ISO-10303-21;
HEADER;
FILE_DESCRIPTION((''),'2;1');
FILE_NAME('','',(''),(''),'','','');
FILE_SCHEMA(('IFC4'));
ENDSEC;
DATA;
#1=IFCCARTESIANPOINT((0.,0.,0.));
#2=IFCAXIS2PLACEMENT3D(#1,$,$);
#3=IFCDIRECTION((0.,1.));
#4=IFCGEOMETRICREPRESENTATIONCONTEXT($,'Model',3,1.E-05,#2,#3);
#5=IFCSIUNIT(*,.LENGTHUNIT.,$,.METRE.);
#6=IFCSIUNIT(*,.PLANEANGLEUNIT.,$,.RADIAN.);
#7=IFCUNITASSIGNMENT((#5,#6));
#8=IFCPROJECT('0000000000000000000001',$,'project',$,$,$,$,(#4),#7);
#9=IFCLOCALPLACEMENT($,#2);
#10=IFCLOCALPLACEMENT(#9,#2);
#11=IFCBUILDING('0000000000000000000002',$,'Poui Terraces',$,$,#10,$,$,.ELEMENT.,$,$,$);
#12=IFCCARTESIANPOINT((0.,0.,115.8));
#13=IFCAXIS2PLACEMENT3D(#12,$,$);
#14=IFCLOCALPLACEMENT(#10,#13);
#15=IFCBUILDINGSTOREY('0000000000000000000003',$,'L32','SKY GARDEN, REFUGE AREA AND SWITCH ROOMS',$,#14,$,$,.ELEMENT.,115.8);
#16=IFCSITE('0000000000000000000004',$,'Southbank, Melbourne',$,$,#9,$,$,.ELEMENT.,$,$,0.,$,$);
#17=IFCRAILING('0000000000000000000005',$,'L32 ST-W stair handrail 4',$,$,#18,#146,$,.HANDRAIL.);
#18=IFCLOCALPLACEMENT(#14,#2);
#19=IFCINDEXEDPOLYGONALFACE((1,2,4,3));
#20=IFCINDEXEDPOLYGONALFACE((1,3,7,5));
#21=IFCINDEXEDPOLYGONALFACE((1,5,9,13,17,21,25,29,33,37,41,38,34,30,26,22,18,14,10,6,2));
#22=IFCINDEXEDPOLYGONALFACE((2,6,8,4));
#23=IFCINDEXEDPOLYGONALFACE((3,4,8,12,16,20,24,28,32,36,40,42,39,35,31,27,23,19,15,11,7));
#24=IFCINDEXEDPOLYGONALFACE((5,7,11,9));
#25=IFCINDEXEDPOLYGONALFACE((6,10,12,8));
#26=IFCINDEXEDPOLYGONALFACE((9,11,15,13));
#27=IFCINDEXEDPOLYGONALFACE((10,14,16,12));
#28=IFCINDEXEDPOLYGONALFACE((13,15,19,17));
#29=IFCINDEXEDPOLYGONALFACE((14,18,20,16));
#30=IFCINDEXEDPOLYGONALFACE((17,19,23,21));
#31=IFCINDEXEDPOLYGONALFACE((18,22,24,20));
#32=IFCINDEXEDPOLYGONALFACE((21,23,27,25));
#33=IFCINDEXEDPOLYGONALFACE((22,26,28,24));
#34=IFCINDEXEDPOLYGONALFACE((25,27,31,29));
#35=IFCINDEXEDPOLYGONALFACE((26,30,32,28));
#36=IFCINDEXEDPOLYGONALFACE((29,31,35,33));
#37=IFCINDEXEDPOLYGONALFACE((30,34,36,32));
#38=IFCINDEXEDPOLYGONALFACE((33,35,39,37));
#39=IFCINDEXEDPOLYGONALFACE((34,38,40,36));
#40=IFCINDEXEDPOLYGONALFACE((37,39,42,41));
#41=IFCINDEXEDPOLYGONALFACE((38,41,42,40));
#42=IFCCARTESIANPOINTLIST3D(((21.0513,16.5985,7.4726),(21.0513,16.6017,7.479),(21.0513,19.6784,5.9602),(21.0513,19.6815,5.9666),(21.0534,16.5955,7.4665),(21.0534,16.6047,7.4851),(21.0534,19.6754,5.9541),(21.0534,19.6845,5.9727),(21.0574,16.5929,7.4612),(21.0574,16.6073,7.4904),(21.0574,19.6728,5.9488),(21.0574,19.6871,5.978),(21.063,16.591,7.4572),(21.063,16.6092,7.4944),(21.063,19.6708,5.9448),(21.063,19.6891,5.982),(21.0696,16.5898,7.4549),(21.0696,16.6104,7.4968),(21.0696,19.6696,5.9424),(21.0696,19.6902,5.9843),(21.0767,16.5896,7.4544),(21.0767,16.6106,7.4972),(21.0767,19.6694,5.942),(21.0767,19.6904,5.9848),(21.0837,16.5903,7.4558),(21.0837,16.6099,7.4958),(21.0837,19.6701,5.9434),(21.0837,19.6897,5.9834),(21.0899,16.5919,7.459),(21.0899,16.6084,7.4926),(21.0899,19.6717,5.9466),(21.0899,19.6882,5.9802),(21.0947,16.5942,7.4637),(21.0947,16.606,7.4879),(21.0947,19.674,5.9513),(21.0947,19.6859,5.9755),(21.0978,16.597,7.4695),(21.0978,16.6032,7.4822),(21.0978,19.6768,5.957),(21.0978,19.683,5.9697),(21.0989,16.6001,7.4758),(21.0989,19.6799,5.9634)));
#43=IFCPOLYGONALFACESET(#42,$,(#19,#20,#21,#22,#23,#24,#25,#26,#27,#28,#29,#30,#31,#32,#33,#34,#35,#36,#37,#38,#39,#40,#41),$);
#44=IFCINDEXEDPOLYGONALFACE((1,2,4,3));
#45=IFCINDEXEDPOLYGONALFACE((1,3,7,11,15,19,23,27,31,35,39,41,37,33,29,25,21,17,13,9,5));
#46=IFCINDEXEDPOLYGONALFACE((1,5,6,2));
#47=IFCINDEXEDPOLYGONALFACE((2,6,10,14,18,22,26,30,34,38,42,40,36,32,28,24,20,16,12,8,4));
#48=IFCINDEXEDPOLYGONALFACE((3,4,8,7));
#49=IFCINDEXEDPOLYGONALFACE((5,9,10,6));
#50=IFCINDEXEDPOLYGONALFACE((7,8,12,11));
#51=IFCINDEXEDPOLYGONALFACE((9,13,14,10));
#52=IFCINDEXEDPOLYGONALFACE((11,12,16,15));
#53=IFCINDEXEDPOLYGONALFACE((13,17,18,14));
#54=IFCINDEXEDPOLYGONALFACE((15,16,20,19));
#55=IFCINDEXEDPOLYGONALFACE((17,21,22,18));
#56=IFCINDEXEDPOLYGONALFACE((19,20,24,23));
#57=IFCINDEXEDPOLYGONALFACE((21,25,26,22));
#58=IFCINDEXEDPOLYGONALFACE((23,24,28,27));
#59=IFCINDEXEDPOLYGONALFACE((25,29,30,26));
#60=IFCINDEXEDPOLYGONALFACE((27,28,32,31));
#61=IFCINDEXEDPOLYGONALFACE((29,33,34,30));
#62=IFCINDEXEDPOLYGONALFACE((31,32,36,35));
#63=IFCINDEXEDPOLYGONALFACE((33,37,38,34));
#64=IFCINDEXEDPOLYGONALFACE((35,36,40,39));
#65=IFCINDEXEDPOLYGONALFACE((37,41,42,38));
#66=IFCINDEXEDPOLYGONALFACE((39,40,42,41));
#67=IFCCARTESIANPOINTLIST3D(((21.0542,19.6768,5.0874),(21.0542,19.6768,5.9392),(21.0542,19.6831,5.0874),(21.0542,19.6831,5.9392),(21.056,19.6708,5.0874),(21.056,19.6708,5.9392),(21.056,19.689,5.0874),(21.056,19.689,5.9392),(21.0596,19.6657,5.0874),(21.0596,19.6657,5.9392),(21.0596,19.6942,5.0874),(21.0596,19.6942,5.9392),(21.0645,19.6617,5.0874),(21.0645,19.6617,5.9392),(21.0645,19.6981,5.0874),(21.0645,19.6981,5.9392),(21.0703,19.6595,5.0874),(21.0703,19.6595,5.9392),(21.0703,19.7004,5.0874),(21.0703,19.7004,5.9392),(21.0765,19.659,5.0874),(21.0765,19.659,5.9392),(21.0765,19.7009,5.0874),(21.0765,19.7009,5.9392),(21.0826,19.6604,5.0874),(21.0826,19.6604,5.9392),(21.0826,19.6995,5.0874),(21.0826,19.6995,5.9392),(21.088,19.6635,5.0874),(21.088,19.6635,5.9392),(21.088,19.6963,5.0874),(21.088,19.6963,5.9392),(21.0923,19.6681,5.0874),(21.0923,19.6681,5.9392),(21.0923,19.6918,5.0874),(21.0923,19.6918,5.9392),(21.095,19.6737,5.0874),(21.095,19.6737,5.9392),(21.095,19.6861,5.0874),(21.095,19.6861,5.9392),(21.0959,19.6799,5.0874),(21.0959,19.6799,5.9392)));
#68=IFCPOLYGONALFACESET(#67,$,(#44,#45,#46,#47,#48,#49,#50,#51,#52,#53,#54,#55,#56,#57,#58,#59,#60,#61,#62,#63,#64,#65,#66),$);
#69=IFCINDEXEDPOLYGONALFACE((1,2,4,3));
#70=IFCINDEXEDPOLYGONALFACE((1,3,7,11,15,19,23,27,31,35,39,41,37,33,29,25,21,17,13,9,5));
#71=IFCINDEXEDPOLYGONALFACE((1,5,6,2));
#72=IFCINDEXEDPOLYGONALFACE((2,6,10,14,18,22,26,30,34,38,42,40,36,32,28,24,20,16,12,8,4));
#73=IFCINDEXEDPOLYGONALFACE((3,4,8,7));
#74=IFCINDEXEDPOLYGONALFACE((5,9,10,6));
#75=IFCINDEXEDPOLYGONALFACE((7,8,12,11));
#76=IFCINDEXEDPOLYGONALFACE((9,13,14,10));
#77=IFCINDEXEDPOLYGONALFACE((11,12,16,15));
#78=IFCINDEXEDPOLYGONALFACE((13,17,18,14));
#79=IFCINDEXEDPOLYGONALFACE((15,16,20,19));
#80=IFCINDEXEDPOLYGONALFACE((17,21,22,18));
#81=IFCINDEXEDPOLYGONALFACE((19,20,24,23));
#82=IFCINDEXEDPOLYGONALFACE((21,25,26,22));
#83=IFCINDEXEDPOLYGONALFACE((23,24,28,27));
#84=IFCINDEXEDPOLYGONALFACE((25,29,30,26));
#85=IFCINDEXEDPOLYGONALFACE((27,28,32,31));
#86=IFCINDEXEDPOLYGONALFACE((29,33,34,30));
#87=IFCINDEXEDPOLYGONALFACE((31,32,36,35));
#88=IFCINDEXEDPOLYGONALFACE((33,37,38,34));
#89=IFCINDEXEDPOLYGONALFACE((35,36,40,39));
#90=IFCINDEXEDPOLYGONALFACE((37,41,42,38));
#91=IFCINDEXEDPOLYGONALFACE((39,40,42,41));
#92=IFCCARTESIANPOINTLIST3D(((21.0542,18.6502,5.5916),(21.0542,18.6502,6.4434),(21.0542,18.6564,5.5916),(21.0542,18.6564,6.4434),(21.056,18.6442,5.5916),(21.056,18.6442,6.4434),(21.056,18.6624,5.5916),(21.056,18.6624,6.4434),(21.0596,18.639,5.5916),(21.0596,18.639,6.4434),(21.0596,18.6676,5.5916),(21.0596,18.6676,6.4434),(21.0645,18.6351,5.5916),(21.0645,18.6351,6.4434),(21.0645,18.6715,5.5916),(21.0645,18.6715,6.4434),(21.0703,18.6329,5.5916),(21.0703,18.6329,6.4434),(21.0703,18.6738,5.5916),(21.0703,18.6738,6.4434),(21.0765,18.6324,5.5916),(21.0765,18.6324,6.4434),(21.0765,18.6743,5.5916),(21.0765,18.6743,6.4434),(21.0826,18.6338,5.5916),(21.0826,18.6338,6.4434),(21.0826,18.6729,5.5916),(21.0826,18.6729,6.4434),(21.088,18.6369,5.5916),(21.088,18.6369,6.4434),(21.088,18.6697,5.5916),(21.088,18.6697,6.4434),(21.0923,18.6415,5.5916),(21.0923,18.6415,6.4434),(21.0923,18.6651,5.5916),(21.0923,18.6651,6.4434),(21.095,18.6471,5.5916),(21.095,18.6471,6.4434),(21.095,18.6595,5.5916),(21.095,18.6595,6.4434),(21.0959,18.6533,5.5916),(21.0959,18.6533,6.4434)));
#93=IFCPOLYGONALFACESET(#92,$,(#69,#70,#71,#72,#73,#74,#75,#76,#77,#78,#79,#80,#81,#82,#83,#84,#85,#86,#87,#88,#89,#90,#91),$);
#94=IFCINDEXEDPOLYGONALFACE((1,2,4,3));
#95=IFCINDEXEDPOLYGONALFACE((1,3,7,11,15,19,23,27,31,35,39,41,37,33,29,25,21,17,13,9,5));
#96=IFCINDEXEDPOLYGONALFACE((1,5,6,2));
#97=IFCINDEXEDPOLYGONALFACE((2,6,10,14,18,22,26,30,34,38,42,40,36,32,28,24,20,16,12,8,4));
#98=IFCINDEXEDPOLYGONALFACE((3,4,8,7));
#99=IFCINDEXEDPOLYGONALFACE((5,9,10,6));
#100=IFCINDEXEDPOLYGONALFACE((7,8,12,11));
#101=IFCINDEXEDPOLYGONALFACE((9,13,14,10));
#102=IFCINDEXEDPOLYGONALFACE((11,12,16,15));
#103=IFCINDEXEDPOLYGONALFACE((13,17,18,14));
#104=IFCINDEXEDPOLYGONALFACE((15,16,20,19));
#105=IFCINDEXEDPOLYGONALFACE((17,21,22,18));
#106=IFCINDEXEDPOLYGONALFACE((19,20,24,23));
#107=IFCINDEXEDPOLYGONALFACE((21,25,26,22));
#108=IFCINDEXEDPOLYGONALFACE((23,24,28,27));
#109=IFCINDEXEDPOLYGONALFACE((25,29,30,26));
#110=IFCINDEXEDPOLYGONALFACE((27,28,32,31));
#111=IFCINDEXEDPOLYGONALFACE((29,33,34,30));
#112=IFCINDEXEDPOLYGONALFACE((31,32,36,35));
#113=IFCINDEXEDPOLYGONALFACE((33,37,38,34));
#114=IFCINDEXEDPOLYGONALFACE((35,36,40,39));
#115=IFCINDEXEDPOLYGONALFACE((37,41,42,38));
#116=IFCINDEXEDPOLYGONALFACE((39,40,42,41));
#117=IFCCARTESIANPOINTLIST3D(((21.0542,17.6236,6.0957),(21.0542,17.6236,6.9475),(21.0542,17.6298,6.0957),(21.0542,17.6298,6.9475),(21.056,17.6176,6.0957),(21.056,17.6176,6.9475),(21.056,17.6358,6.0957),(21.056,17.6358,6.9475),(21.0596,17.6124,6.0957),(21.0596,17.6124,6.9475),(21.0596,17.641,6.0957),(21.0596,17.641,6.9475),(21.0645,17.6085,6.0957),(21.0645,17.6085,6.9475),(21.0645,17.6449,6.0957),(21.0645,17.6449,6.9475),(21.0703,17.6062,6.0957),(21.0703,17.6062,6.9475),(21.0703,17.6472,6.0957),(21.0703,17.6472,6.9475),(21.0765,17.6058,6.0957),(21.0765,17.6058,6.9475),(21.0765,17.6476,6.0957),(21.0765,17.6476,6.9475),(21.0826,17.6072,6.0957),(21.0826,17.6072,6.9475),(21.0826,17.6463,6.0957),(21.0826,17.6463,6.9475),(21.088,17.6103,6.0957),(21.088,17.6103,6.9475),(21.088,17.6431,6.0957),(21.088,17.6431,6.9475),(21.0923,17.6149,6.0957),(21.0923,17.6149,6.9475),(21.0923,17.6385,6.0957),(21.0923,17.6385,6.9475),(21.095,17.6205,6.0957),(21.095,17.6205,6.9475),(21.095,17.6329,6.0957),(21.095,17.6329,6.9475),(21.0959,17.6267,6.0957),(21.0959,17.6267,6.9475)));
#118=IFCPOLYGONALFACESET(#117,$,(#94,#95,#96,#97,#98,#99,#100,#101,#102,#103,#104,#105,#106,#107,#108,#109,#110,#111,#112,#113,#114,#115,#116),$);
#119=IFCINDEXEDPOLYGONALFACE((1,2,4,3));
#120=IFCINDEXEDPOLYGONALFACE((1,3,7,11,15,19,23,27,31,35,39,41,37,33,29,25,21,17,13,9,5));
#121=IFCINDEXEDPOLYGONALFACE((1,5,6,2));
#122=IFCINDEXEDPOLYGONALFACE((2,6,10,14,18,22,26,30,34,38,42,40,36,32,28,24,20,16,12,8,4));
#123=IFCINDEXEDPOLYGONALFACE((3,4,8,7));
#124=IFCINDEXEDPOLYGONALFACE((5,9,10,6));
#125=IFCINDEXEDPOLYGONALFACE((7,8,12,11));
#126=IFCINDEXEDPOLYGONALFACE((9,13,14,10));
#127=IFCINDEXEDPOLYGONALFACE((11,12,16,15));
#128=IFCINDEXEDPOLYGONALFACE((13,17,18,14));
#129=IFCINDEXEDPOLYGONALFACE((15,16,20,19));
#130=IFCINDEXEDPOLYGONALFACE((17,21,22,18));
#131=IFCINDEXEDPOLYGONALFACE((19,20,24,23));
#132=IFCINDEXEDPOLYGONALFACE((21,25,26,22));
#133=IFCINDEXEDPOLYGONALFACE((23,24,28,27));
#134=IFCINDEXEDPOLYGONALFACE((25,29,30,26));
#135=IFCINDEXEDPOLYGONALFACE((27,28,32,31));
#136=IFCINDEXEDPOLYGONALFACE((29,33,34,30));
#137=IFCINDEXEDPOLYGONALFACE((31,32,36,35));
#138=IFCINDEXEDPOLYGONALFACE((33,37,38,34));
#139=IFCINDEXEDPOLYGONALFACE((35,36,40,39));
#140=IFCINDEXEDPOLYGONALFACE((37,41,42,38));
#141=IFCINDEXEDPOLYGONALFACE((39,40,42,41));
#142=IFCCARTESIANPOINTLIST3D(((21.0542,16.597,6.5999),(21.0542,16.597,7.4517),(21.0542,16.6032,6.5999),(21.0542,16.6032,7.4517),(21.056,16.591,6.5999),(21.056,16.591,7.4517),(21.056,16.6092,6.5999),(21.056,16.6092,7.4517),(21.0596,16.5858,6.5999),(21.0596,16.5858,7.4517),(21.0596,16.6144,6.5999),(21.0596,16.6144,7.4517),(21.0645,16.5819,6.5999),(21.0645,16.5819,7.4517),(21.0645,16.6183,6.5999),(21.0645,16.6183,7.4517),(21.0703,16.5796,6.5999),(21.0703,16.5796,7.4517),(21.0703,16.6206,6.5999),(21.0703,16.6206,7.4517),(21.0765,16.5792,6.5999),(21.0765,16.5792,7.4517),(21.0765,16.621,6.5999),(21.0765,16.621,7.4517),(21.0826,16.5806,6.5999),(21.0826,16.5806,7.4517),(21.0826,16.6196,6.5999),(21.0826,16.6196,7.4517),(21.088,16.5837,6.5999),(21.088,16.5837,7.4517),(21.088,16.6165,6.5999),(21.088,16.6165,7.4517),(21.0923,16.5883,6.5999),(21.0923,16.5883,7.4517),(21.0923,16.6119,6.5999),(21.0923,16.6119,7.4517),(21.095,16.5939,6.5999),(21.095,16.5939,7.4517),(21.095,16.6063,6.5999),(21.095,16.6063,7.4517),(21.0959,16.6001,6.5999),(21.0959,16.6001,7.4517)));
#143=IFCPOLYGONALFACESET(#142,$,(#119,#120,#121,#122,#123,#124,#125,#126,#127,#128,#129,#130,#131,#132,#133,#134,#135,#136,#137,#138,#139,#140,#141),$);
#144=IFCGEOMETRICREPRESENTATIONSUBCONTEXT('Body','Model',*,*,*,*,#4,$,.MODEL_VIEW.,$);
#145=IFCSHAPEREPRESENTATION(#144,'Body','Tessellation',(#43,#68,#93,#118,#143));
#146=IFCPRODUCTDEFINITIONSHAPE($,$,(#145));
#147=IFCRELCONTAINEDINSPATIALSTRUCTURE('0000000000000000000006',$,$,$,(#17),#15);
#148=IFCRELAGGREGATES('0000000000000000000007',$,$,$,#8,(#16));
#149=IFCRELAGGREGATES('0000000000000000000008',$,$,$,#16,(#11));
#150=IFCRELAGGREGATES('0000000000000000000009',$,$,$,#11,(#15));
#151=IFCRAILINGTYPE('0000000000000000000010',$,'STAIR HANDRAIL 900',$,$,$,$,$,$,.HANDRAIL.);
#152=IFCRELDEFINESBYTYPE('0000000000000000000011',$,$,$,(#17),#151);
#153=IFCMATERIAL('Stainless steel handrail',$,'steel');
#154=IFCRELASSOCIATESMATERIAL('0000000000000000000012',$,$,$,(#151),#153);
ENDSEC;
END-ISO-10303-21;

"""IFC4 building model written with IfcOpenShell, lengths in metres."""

from ifc_helpers import new_model, si_unit, direction, frame, origin, origin_2d, place, context, subcontext, project, spatial, circle, extrude, material, type_object, element, save


model = new_model("IFC4")

# Units and contexts
model_context = context("Model", 3, precision=1e-05, world=origin(), true_north=direction((0.0, 1.0)))
body_context = subcontext(model_context, "Body", "Model", "MODEL_VIEW")
ifc_project = project(units=[si_unit("LENGTHUNIT", "METRE"), si_unit("PLANEANGLEUNIT", "RADIAN")], contexts=[model_context])

# Site, building, storey
site_placement = place(None, origin())
site = spatial("IfcSite", under=ifc_project, at=site_placement, Name="Southbank, Melbourne", CompositionType="ELEMENT", RefElevation=0.0)
building_placement = place(site_placement, origin())
building = spatial("IfcBuilding", under=site, at=building_placement, Name="Poui Terraces", CompositionType="ELEMENT")
storey_placement = place(building_placement, frame((0.0, 0.0, 115.8)))
storey = spatial("IfcBuildingStorey", under=building, at=storey_placement, Name="L32", Description="SKY GARDEN, REFUGE AREA AND SWITCH ROOMS", CompositionType="ELEMENT", Elevation=115.8)

# Railing
ifc_material_1 = material(Name="Stainless steel handrail", Category="steel")
railing_type_1 = type_object("IfcRailingType", Name="STAIR HANDRAIL 900", PredefinedType="HANDRAIL", material=ifc_material_1)
railing_1_placement = place(storey_placement, frame((21.075, 19.6799, 5.0874)))
element("IfcRailing", 1, at=railing_1_placement, inside=storey, type_object=railing_type_1, Name="L32 ST-W stair handrail 4", PredefinedType="HANDRAIL", context=body_context, shape_type="SweptSolid", body=[
    extrude(circle(Radius=0.0239, at=origin_2d()), frame((0.0, 0.0, 0.876), z_axis=(0.0, -0.897606, 0.440798), x_axis=(1.0, 0.0, 0.0)), (0.0, 0.0, 1.0), 3.4312),
    extrude(circle(Radius=0.021, at=origin_2d()), origin(), (0.0, 0.0, 1.0), 0.8518),
    extrude(circle(Radius=0.021, at=origin_2d()), frame((0.0, -1.0266, 0.5042)), (0.0, 0.0, 1.0), 0.8518),
    extrude(circle(Radius=0.021, at=origin_2d()), frame((0.0, -2.0532, 1.0083)), (0.0, 0.0, 1.0), 0.8518),
    extrude(circle(Radius=0.021, at=origin_2d()), frame((0.0, -3.0798, 1.5125)), (0.0, 0.0, 1.0), 0.8518),
])

save(model, "model.ifc")
